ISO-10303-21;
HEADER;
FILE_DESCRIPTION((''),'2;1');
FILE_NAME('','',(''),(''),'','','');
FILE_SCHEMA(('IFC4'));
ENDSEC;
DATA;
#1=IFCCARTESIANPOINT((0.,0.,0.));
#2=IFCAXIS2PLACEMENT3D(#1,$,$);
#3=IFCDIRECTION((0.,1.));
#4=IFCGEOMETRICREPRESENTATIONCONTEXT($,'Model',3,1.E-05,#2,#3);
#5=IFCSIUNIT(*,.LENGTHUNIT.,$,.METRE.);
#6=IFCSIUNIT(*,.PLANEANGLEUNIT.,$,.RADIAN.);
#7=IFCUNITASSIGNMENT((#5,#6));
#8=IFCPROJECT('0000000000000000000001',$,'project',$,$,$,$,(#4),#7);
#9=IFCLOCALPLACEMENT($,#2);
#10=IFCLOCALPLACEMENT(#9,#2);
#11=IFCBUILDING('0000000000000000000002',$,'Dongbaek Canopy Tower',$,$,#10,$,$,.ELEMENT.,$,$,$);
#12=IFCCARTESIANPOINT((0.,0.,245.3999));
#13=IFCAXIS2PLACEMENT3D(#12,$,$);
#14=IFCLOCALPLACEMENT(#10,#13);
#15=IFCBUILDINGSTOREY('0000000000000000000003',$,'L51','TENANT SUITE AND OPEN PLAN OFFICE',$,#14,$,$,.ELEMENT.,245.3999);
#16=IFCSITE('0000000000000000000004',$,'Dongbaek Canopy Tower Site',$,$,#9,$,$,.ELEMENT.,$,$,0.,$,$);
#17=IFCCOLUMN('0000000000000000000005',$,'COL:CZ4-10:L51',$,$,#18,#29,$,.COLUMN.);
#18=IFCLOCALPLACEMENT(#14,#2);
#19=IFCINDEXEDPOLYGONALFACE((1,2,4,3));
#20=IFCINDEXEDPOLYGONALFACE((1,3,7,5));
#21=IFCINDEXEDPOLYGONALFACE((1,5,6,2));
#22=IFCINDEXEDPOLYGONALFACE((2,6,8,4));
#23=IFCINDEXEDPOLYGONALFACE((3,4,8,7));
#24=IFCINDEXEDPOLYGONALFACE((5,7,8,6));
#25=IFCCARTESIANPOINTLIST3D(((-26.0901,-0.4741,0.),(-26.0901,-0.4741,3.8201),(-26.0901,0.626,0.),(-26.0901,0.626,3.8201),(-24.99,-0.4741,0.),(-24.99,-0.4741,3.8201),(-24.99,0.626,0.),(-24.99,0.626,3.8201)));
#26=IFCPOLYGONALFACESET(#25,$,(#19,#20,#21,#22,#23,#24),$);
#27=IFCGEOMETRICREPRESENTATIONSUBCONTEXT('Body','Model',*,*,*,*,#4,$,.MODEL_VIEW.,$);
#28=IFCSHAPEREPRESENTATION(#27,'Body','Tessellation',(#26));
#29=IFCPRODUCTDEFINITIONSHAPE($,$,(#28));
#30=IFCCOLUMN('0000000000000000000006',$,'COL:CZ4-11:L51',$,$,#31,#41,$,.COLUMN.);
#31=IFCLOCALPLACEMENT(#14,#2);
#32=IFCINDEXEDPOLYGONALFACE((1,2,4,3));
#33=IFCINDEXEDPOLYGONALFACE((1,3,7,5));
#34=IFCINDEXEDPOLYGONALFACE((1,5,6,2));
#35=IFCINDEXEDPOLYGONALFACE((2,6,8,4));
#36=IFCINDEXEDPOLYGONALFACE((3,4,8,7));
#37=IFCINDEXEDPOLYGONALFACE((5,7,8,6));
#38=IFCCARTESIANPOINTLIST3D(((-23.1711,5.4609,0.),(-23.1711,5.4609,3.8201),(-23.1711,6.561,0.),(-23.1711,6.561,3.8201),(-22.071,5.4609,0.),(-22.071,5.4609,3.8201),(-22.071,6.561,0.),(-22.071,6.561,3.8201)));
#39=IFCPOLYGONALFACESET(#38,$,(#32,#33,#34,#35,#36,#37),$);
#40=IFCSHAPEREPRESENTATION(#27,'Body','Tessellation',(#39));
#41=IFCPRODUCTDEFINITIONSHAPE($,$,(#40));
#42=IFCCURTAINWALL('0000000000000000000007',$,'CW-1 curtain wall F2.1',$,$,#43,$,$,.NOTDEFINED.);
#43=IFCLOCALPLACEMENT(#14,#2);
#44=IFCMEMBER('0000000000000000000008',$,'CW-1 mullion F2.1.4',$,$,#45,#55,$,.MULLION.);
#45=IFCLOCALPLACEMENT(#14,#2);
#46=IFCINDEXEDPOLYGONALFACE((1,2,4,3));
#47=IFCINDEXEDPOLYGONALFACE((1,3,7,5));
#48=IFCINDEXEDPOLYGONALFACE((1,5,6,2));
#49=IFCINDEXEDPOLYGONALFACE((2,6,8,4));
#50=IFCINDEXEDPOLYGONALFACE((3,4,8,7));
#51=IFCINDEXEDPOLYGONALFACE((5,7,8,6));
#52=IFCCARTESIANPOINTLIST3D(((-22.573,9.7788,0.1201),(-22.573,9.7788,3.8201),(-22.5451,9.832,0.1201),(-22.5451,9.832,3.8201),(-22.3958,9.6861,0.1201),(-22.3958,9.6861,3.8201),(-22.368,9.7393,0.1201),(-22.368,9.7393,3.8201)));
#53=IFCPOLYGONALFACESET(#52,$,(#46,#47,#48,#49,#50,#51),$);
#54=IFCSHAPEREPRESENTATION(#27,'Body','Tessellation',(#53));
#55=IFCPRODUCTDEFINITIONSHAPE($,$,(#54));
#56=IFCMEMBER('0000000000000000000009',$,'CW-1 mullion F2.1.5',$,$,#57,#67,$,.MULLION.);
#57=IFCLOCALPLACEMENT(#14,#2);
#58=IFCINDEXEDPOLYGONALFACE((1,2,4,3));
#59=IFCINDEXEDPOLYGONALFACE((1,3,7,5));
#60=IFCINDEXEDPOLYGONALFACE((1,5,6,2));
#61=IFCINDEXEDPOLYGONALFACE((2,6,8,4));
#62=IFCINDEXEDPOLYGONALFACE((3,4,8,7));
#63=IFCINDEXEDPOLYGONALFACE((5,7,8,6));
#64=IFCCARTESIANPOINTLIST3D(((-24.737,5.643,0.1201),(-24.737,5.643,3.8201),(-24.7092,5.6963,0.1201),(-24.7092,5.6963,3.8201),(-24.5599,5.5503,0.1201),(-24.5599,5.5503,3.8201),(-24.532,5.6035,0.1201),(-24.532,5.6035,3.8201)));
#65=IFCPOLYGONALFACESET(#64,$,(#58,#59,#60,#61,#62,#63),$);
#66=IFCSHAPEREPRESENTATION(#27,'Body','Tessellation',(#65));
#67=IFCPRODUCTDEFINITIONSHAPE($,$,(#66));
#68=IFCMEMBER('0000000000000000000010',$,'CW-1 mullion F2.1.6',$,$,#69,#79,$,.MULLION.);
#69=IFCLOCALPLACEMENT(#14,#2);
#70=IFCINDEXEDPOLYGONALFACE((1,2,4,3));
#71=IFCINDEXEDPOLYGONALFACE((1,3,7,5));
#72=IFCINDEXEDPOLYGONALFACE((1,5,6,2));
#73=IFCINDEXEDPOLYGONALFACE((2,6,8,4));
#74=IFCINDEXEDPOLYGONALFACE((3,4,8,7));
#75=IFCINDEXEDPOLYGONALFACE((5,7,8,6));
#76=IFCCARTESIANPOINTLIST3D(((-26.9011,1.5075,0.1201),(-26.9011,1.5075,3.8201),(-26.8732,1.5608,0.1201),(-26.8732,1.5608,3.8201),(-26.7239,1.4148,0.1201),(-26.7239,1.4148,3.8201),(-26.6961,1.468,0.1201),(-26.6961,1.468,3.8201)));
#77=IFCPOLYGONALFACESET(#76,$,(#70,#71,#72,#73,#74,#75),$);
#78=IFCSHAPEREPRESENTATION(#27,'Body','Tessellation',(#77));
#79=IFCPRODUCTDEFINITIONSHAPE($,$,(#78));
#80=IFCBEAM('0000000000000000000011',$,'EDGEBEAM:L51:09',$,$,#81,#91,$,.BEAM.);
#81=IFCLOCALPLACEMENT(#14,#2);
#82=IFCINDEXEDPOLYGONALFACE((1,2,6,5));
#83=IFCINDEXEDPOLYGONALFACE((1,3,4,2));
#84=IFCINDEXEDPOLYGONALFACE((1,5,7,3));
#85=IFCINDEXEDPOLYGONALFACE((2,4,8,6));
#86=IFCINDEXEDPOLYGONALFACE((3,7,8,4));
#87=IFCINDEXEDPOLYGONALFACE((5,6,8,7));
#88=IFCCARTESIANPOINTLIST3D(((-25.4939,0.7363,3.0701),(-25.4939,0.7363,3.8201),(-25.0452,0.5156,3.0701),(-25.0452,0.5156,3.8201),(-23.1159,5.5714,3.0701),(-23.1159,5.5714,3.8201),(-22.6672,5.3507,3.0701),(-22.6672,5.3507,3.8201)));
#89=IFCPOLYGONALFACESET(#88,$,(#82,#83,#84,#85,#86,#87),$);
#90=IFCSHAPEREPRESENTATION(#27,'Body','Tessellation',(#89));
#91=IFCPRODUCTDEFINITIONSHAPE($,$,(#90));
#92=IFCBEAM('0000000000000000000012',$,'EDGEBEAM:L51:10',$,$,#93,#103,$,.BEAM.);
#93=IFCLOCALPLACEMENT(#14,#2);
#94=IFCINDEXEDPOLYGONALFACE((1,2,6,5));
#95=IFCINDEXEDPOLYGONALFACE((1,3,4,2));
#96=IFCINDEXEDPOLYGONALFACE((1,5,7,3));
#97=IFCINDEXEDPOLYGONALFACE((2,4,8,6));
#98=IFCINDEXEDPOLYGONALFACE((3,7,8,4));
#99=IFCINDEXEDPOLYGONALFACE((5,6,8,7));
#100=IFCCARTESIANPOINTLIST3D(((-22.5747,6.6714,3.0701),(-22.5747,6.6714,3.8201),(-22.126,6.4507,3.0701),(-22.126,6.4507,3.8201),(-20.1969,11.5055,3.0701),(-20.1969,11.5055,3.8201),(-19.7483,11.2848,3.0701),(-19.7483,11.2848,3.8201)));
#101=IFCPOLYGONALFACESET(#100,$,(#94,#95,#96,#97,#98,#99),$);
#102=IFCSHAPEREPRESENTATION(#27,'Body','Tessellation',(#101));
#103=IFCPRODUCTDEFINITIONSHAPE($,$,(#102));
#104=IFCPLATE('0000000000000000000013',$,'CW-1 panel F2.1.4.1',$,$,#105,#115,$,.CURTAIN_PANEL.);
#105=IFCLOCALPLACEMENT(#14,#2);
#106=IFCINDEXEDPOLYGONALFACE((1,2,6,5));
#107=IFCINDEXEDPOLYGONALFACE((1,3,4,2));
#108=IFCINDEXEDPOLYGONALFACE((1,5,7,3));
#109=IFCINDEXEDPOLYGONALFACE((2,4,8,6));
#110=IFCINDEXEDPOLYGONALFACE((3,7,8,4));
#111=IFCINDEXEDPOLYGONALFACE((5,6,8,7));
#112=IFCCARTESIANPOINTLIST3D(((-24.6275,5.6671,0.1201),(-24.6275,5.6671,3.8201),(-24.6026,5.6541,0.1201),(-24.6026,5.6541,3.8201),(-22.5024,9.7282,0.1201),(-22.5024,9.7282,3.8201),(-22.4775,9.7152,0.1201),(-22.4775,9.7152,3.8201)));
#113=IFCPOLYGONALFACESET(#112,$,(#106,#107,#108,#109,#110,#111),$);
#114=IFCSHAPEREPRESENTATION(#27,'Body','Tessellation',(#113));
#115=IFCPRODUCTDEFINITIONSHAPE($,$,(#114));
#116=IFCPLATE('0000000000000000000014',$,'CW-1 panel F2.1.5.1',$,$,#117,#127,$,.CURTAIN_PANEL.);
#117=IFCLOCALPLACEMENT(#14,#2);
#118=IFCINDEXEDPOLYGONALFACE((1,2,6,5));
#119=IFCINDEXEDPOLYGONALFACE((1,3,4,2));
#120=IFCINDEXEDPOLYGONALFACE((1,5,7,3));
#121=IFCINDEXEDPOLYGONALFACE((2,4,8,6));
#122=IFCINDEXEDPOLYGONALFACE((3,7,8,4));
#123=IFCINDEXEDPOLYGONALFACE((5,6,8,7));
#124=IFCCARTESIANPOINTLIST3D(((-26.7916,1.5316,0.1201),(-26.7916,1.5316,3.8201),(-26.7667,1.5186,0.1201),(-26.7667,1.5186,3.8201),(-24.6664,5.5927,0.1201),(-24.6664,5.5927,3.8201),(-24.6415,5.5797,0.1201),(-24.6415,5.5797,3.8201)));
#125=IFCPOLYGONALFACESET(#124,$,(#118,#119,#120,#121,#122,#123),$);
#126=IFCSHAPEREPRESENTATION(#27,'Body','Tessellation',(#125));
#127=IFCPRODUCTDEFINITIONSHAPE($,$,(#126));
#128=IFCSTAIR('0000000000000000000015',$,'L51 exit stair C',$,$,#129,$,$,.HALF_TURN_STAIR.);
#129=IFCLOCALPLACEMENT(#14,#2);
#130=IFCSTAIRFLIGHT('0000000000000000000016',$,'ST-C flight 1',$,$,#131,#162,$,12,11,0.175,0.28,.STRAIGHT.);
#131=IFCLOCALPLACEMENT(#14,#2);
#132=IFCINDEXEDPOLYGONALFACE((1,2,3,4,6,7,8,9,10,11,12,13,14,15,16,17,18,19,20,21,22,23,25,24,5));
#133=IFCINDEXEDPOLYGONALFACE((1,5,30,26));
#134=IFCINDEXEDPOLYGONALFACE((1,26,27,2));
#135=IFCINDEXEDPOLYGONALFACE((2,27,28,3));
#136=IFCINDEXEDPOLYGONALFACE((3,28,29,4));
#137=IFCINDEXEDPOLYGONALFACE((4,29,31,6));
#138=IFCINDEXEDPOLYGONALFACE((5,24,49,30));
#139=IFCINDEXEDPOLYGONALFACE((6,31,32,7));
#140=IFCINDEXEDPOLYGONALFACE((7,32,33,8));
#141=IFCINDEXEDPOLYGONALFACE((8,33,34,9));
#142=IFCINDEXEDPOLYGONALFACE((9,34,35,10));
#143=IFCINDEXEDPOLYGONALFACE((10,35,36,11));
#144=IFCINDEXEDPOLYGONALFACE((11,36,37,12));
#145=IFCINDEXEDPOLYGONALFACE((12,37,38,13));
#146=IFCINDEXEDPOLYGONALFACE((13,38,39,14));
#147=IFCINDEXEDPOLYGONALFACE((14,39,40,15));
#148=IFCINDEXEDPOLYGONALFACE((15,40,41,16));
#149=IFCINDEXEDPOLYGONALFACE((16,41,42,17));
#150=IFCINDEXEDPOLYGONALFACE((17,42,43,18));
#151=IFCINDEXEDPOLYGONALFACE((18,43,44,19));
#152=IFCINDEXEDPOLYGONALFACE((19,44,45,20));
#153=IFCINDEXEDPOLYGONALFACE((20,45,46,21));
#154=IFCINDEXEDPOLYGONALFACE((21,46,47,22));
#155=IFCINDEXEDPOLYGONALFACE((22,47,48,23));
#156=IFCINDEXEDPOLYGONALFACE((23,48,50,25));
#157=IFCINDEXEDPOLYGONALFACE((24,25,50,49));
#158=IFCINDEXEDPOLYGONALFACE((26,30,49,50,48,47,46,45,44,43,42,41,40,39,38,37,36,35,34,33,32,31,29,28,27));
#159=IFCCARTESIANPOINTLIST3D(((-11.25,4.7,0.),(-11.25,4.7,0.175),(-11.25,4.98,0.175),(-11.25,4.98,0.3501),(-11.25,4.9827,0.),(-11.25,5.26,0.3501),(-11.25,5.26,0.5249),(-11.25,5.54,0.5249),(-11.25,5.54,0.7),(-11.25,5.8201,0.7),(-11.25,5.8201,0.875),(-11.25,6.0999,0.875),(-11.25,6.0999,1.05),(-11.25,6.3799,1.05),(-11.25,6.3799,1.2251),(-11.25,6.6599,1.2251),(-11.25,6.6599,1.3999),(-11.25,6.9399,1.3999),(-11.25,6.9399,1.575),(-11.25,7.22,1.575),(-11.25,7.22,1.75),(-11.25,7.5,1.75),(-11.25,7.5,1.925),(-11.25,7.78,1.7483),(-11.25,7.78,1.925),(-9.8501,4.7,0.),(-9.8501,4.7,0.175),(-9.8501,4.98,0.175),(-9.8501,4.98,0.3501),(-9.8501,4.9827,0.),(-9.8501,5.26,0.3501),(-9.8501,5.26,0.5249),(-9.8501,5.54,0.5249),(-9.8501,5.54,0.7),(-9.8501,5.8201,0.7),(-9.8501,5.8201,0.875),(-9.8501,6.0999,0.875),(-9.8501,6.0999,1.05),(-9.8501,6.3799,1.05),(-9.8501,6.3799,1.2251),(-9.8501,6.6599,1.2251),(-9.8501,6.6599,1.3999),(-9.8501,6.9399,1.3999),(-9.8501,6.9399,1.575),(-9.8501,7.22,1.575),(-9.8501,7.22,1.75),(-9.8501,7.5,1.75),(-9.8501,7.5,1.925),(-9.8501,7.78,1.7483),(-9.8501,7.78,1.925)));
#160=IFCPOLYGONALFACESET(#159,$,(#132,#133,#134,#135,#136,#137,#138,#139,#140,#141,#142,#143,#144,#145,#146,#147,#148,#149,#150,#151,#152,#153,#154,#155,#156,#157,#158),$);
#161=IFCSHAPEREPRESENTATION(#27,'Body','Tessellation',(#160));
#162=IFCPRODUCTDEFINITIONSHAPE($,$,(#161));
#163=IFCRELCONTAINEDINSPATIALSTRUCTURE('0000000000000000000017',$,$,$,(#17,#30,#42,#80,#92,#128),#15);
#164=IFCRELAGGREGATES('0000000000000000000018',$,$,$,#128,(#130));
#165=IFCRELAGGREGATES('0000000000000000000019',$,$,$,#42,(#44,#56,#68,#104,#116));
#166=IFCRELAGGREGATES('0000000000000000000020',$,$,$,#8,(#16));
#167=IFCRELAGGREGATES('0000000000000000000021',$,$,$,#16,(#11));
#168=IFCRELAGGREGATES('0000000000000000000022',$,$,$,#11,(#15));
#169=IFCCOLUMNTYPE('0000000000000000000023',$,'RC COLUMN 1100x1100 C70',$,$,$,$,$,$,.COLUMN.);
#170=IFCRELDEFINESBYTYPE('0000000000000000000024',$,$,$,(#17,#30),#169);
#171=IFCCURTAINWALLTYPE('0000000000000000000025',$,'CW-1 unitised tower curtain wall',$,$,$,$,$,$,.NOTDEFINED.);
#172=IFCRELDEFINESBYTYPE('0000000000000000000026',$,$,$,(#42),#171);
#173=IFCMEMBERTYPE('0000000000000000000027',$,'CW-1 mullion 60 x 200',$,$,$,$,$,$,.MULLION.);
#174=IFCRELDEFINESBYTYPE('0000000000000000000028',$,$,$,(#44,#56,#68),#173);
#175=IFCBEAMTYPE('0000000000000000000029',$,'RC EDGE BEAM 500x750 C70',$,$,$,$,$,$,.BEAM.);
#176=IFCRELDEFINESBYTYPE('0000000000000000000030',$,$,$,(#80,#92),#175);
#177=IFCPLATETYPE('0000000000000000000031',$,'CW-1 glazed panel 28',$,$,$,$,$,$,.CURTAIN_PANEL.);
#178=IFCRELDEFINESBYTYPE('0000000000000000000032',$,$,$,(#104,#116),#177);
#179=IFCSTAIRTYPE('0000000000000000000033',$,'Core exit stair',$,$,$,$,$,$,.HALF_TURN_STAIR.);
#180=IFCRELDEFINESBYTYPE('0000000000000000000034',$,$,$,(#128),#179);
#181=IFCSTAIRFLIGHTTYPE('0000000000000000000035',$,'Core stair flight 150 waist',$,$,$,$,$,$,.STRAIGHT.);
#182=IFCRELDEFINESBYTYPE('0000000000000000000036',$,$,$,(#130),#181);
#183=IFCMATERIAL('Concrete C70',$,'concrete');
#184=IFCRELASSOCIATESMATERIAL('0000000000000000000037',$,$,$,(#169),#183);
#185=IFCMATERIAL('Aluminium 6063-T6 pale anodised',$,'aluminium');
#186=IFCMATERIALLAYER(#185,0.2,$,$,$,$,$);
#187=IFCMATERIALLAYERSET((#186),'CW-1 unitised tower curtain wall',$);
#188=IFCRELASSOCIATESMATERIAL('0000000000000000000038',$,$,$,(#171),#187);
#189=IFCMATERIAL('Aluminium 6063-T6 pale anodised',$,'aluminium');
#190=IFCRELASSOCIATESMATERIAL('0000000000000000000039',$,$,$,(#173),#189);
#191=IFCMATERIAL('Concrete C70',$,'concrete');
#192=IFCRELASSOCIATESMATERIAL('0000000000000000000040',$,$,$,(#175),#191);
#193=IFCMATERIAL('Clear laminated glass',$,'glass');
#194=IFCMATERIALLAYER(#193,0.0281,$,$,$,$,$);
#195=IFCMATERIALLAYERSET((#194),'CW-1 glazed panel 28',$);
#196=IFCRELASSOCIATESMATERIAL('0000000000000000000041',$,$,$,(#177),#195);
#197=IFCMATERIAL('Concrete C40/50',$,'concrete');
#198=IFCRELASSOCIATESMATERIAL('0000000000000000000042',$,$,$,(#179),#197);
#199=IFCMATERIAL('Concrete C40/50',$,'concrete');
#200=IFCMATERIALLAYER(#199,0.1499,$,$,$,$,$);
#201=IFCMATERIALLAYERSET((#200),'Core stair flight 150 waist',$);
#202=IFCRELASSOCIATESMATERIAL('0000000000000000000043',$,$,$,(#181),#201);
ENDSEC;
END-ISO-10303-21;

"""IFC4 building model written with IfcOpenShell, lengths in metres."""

from ifc_helpers import new_model, si_unit, direction, frame, origin, origin_2d, place, context, subcontext, project, spatial, polyline, rectangle, outline, extrude, material, layer, layer_set, material_profile, profile_set, type_object, element, aggregate, save


model = new_model("IFC4")

# Units and contexts
model_context = context("Model", 3, precision=1e-05, world=origin(), true_north=direction((0.0, 1.0)))
body_context = subcontext(model_context, "Body", "Model", "MODEL_VIEW")
ifc_project = project(units=[si_unit("LENGTHUNIT", "METRE"), si_unit("PLANEANGLEUNIT", "RADIAN")], contexts=[model_context])

# Site, building, storey
site_placement = place(None, origin())
site = spatial("IfcSite", under=ifc_project, at=site_placement, Name="Dongbaek Canopy Tower Site", CompositionType="ELEMENT", RefElevation=0.0)
building_placement = place(site_placement, origin())
building = spatial("IfcBuilding", under=site, at=building_placement, Name="Dongbaek Canopy Tower", CompositionType="ELEMENT")
storey_placement = place(building_placement, frame((0.0, 0.0, 245.3999)))
storey = spatial("IfcBuildingStorey", under=building, at=storey_placement, Name="L51", Description="TENANT SUITE AND OPEN PLAN OFFICE", CompositionType="ELEMENT", Elevation=245.3999)

# Columns
ifc_material_1 = material(Name="Concrete C70", Category="concrete")
ifc_material_profile_1 = material_profile(ifc_material_1, rectangle(XDim=1.1001, YDim=1.1001, at=origin_2d()), Name="RC COLUMN 1100x1100 C70")
ifc_profile_set_1 = profile_set([ifc_material_profile_1], Name="Concrete C70")
column_type = type_object("IfcColumnType", Name="RC COLUMN 1100x1100 C70", PredefinedType="COLUMN", material=ifc_profile_set_1)
for number, where, z_axis, x_axis, name in (
    (1, (-25.54, 0.0759, 0.0), (0.0, 0.0, 1.0), (1.0, 0.0, 0.0), "COL:CZ4-10:L51"),
    (2, (-22.6211, 6.011, 0.0), (0.0, 0.0, 1.0), (1.0, 0.0, 0.0), "COL:CZ4-11:L51"),
):
    element("IfcColumn", number, at=place(storey_placement, frame(where, z_axis=z_axis, x_axis=x_axis)), inside=storey, type_object=column_type, Name=name, PredefinedType="COLUMN", context=body_context, shape_type="SweptSolid", body=[
        extrude(rectangle(XDim=1.1001, YDim=1.1001, at=origin_2d()), origin(), (0.0, 0.0, 1.0), 3.8201),
    ])

# Curtain wall, members
ifc_material_2 = material(Name="Aluminium 6063-T6 pale anodised", Category="aluminium")
ifc_layer_1 = layer(ifc_material_2, 0.2)
ifc_layer_set_1 = layer_set([ifc_layer_1], Name="CW-1 unitised tower curtain wall")
curtain_wall_type = type_object("IfcCurtainWallType", Name="CW-1 unitised tower curtain wall", PredefinedType="NOTDEFINED", material=ifc_layer_set_1)
curtain_wall_placement = place(storey_placement, origin())
curtain_wall = element("IfcCurtainWall", 3, at=curtain_wall_placement, inside=storey, type_object=curtain_wall_type, Name="CW-1 curtain wall F2.1", PredefinedType="NOTDEFINED")
ifc_material_3 = material(Name="Aluminium 6063-T6 pale anodised", Category="aluminium")
ifc_material_profile_2 = material_profile(ifc_material_3, rectangle(XDim=0.2, YDim=0.0601, at=origin_2d()), Name="CW-1 mullion 60 x 200")
ifc_profile_set_2 = profile_set([ifc_material_profile_2], Name="Aluminium 6063-T6 pale anodised")
member_type = type_object("IfcMemberType", Name="CW-1 mullion 60 x 200", PredefinedType="MULLION", material=ifc_profile_set_2)
member_1_placement = place(storey_placement, frame((-22.4705, 9.759, 0.1201), z_axis=(0.0, 0.0, 1.0), x_axis=(-0.886019, 0.463649, 0.0)))
member_1 = element("IfcMember", 4, at=member_1_placement, type_object=member_type, Name="CW-1 mullion F2.1.4", PredefinedType="MULLION", context=body_context, shape_type="SweptSolid", body=[
    extrude(rectangle(XDim=0.2, YDim=0.0601, at=origin_2d()), origin(), (0.0, 0.0, 1.0), 3.7),
])
member_2_placement = place(storey_placement, frame((-24.6345, 5.6233, 0.1201), z_axis=(0.0, 0.0, 1.0), x_axis=(-0.886019, 0.463649, 0.0)))
member_2 = element("IfcMember", 5, at=member_2_placement, type_object=member_type, Name="CW-1 mullion F2.1.5", PredefinedType="MULLION", context=body_context, shape_type="SweptSolid", body=[
    extrude(rectangle(XDim=0.2, YDim=0.0601, at=origin_2d()), origin(), (0.0, 0.0, 1.0), 3.7),
])
member_3_placement = place(storey_placement, frame((-26.7986, 1.4878, 0.1201), z_axis=(0.0, 0.0, 1.0), x_axis=(-0.886019, 0.463649, 0.0)))
member_3 = element("IfcMember", 6, at=member_3_placement, type_object=member_type, Name="CW-1 mullion F2.1.6", PredefinedType="MULLION", context=body_context, shape_type="SweptSolid", body=[
    extrude(rectangle(XDim=0.2, YDim=0.0601, at=origin_2d()), origin(), (0.0, 0.0, 1.0), 3.7),
])

# Beams
ifc_material_4 = material(Name="Concrete C70", Category="concrete")
ifc_material_profile_3 = material_profile(ifc_material_4, rectangle(XDim=0.5, YDim=0.75, at=origin_2d()), Name="RC EDGE BEAM 500x750 C70")
ifc_profile_set_3 = profile_set([ifc_material_profile_3], Name="Concrete C70")
beam_type = type_object("IfcBeamType", Name="RC EDGE BEAM 500x750 C70", PredefinedType="BEAM", material=ifc_profile_set_3)
beam_1_placement = place(storey_placement, frame((-25.2695, 0.626, 3.4451), z_axis=(0.441332, 0.897344, 0.0), x_axis=(-0.897344, 0.441332, 0.0)))
element("IfcBeam", 7, at=beam_1_placement, inside=storey, type_object=beam_type, Name="EDGEBEAM:L51:09", PredefinedType="BEAM", context=body_context, shape_type="SweptSolid", body=[
    extrude(rectangle(XDim=0.5, YDim=0.75, at=origin_2d()), origin(), (0.0, 0.0, 1.0), 5.3882),
])
beam_2_placement = place(storey_placement, frame((-22.3503, 6.561, 3.4451), z_axis=(0.441367, 0.897327, 0.0), x_axis=(-0.897327, 0.441367, 0.0)))
element("IfcBeam", 8, at=beam_2_placement, inside=storey, type_object=beam_type, Name="EDGEBEAM:L51:10", PredefinedType="BEAM", context=body_context, shape_type="SweptSolid", body=[
    extrude(rectangle(XDim=0.5, YDim=0.75, at=origin_2d()), origin(), (0.0, 0.0, 1.0), 5.3872),
])

# Plates
ifc_material_5 = material(Name="Clear laminated glass", Category="glass")
ifc_layer_2 = layer(ifc_material_5, 0.0281)
ifc_layer_set_2 = layer_set([ifc_layer_2], Name="CW-1 glazed panel 28")
plate_type = type_object("IfcPlateType", Name="CW-1 glazed panel 28", PredefinedType="CURTAIN_PANEL", material=ifc_layer_set_2)
plate_1_placement = place(storey_placement, frame((-23.5525, 7.6912, 0.1201), z_axis=(0.0, 0.0, 1.0), x_axis=(-0.463649, -0.886019, 0.0)))
plate_1 = element("IfcPlate", 9, at=plate_1_placement, type_object=plate_type, Name="CW-1 panel F2.1.4.1", PredefinedType="CURTAIN_PANEL", context=body_context, shape_type="SweptSolid", body=[
    extrude(rectangle(XDim=4.5835, YDim=0.0281, at=origin_2d()), origin(), (0.0, 0.0, 1.0), 3.7),
])
plate_2_placement = place(storey_placement, frame((-25.7166, 3.5557, 0.1201), z_axis=(0.0, 0.0, 1.0), x_axis=(-0.463649, -0.886019, 0.0)))
plate_2 = element("IfcPlate", 10, at=plate_2_placement, type_object=plate_type, Name="CW-1 panel F2.1.5.1", PredefinedType="CURTAIN_PANEL", context=body_context, shape_type="SweptSolid", body=[
    extrude(rectangle(XDim=4.5835, YDim=0.0281, at=origin_2d()), origin(), (0.0, 0.0, 1.0), 3.7),
])

# Stair, stair flight
ifc_material_6 = material(Name="Concrete C40/50", Category="concrete")
stair_type = type_object("IfcStairType", Name="Core exit stair", PredefinedType="HALF_TURN_STAIR", material=ifc_material_6)
stair_placement = place(storey_placement, origin())
stair = element("IfcStair", 11, at=stair_placement, inside=storey, type_object=stair_type, Name="L51 exit stair C", PredefinedType="HALF_TURN_STAIR")
ifc_material_7 = material(Name="Concrete C40/50", Category="concrete")
ifc_layer_3 = layer(ifc_material_7, 0.1499)
ifc_layer_set_3 = layer_set([ifc_layer_3], Name="Core stair flight 150 waist")
stair_flight_type = type_object("IfcStairFlightType", Name="Core stair flight 150 waist", PredefinedType="STRAIGHT", material=ifc_layer_set_3)
stair_flight_1_placement = place(storey_placement, frame((-10.55, 4.7, 0.0), z_axis=(0.0, 0.0, 1.0), x_axis=(0.0, 1.0, 0.0)))
stair_flight_1 = element("IfcStairFlight", 12, at=stair_flight_1_placement, type_object=stair_flight_type, Name="ST-C flight 1", NumberOfRisers=12, NumberOfTreads=11, PredefinedType="STRAIGHT", RiserHeight=0.175, TreadLength=0.28, context=body_context, shape_type="SweptSolid", body=[
    extrude(outline(polyline([(0.0, 0.0), (0.0, 0.175), (0.28, 0.175), (0.28, 0.3501), (0.5601, 0.3501), (0.5601, 0.5249), (0.8401, 0.5249), (0.8401, 0.7), (1.1201, 0.7), (1.1201, 0.875), (1.3999, 0.875), (1.3999, 1.05), (1.6799, 1.05), (1.6799, 1.2251), (1.96, 1.2251), (1.96, 1.3999), (2.24, 1.3999), (2.24, 1.575), (2.52, 1.575), (2.52, 1.75), (2.8, 1.75), (2.8, 1.925), (3.0801, 1.925), (3.0801, 2.1001), (3.0801, 1.7483), (0.2827, 0.0), (0.0, 0.0)])), frame((0.0, 0.7, 0.0), z_axis=(0.0, -1.0, 0.0), x_axis=(1.0, 0.0, 0.0)), (0.0, 0.0, 1.0), 1.3999),
])
aggregate(stair, [stair_flight_1])

aggregate(curtain_wall, [member_1, member_2, member_3, plate_1, plate_2])

save(model, "model.ifc")
